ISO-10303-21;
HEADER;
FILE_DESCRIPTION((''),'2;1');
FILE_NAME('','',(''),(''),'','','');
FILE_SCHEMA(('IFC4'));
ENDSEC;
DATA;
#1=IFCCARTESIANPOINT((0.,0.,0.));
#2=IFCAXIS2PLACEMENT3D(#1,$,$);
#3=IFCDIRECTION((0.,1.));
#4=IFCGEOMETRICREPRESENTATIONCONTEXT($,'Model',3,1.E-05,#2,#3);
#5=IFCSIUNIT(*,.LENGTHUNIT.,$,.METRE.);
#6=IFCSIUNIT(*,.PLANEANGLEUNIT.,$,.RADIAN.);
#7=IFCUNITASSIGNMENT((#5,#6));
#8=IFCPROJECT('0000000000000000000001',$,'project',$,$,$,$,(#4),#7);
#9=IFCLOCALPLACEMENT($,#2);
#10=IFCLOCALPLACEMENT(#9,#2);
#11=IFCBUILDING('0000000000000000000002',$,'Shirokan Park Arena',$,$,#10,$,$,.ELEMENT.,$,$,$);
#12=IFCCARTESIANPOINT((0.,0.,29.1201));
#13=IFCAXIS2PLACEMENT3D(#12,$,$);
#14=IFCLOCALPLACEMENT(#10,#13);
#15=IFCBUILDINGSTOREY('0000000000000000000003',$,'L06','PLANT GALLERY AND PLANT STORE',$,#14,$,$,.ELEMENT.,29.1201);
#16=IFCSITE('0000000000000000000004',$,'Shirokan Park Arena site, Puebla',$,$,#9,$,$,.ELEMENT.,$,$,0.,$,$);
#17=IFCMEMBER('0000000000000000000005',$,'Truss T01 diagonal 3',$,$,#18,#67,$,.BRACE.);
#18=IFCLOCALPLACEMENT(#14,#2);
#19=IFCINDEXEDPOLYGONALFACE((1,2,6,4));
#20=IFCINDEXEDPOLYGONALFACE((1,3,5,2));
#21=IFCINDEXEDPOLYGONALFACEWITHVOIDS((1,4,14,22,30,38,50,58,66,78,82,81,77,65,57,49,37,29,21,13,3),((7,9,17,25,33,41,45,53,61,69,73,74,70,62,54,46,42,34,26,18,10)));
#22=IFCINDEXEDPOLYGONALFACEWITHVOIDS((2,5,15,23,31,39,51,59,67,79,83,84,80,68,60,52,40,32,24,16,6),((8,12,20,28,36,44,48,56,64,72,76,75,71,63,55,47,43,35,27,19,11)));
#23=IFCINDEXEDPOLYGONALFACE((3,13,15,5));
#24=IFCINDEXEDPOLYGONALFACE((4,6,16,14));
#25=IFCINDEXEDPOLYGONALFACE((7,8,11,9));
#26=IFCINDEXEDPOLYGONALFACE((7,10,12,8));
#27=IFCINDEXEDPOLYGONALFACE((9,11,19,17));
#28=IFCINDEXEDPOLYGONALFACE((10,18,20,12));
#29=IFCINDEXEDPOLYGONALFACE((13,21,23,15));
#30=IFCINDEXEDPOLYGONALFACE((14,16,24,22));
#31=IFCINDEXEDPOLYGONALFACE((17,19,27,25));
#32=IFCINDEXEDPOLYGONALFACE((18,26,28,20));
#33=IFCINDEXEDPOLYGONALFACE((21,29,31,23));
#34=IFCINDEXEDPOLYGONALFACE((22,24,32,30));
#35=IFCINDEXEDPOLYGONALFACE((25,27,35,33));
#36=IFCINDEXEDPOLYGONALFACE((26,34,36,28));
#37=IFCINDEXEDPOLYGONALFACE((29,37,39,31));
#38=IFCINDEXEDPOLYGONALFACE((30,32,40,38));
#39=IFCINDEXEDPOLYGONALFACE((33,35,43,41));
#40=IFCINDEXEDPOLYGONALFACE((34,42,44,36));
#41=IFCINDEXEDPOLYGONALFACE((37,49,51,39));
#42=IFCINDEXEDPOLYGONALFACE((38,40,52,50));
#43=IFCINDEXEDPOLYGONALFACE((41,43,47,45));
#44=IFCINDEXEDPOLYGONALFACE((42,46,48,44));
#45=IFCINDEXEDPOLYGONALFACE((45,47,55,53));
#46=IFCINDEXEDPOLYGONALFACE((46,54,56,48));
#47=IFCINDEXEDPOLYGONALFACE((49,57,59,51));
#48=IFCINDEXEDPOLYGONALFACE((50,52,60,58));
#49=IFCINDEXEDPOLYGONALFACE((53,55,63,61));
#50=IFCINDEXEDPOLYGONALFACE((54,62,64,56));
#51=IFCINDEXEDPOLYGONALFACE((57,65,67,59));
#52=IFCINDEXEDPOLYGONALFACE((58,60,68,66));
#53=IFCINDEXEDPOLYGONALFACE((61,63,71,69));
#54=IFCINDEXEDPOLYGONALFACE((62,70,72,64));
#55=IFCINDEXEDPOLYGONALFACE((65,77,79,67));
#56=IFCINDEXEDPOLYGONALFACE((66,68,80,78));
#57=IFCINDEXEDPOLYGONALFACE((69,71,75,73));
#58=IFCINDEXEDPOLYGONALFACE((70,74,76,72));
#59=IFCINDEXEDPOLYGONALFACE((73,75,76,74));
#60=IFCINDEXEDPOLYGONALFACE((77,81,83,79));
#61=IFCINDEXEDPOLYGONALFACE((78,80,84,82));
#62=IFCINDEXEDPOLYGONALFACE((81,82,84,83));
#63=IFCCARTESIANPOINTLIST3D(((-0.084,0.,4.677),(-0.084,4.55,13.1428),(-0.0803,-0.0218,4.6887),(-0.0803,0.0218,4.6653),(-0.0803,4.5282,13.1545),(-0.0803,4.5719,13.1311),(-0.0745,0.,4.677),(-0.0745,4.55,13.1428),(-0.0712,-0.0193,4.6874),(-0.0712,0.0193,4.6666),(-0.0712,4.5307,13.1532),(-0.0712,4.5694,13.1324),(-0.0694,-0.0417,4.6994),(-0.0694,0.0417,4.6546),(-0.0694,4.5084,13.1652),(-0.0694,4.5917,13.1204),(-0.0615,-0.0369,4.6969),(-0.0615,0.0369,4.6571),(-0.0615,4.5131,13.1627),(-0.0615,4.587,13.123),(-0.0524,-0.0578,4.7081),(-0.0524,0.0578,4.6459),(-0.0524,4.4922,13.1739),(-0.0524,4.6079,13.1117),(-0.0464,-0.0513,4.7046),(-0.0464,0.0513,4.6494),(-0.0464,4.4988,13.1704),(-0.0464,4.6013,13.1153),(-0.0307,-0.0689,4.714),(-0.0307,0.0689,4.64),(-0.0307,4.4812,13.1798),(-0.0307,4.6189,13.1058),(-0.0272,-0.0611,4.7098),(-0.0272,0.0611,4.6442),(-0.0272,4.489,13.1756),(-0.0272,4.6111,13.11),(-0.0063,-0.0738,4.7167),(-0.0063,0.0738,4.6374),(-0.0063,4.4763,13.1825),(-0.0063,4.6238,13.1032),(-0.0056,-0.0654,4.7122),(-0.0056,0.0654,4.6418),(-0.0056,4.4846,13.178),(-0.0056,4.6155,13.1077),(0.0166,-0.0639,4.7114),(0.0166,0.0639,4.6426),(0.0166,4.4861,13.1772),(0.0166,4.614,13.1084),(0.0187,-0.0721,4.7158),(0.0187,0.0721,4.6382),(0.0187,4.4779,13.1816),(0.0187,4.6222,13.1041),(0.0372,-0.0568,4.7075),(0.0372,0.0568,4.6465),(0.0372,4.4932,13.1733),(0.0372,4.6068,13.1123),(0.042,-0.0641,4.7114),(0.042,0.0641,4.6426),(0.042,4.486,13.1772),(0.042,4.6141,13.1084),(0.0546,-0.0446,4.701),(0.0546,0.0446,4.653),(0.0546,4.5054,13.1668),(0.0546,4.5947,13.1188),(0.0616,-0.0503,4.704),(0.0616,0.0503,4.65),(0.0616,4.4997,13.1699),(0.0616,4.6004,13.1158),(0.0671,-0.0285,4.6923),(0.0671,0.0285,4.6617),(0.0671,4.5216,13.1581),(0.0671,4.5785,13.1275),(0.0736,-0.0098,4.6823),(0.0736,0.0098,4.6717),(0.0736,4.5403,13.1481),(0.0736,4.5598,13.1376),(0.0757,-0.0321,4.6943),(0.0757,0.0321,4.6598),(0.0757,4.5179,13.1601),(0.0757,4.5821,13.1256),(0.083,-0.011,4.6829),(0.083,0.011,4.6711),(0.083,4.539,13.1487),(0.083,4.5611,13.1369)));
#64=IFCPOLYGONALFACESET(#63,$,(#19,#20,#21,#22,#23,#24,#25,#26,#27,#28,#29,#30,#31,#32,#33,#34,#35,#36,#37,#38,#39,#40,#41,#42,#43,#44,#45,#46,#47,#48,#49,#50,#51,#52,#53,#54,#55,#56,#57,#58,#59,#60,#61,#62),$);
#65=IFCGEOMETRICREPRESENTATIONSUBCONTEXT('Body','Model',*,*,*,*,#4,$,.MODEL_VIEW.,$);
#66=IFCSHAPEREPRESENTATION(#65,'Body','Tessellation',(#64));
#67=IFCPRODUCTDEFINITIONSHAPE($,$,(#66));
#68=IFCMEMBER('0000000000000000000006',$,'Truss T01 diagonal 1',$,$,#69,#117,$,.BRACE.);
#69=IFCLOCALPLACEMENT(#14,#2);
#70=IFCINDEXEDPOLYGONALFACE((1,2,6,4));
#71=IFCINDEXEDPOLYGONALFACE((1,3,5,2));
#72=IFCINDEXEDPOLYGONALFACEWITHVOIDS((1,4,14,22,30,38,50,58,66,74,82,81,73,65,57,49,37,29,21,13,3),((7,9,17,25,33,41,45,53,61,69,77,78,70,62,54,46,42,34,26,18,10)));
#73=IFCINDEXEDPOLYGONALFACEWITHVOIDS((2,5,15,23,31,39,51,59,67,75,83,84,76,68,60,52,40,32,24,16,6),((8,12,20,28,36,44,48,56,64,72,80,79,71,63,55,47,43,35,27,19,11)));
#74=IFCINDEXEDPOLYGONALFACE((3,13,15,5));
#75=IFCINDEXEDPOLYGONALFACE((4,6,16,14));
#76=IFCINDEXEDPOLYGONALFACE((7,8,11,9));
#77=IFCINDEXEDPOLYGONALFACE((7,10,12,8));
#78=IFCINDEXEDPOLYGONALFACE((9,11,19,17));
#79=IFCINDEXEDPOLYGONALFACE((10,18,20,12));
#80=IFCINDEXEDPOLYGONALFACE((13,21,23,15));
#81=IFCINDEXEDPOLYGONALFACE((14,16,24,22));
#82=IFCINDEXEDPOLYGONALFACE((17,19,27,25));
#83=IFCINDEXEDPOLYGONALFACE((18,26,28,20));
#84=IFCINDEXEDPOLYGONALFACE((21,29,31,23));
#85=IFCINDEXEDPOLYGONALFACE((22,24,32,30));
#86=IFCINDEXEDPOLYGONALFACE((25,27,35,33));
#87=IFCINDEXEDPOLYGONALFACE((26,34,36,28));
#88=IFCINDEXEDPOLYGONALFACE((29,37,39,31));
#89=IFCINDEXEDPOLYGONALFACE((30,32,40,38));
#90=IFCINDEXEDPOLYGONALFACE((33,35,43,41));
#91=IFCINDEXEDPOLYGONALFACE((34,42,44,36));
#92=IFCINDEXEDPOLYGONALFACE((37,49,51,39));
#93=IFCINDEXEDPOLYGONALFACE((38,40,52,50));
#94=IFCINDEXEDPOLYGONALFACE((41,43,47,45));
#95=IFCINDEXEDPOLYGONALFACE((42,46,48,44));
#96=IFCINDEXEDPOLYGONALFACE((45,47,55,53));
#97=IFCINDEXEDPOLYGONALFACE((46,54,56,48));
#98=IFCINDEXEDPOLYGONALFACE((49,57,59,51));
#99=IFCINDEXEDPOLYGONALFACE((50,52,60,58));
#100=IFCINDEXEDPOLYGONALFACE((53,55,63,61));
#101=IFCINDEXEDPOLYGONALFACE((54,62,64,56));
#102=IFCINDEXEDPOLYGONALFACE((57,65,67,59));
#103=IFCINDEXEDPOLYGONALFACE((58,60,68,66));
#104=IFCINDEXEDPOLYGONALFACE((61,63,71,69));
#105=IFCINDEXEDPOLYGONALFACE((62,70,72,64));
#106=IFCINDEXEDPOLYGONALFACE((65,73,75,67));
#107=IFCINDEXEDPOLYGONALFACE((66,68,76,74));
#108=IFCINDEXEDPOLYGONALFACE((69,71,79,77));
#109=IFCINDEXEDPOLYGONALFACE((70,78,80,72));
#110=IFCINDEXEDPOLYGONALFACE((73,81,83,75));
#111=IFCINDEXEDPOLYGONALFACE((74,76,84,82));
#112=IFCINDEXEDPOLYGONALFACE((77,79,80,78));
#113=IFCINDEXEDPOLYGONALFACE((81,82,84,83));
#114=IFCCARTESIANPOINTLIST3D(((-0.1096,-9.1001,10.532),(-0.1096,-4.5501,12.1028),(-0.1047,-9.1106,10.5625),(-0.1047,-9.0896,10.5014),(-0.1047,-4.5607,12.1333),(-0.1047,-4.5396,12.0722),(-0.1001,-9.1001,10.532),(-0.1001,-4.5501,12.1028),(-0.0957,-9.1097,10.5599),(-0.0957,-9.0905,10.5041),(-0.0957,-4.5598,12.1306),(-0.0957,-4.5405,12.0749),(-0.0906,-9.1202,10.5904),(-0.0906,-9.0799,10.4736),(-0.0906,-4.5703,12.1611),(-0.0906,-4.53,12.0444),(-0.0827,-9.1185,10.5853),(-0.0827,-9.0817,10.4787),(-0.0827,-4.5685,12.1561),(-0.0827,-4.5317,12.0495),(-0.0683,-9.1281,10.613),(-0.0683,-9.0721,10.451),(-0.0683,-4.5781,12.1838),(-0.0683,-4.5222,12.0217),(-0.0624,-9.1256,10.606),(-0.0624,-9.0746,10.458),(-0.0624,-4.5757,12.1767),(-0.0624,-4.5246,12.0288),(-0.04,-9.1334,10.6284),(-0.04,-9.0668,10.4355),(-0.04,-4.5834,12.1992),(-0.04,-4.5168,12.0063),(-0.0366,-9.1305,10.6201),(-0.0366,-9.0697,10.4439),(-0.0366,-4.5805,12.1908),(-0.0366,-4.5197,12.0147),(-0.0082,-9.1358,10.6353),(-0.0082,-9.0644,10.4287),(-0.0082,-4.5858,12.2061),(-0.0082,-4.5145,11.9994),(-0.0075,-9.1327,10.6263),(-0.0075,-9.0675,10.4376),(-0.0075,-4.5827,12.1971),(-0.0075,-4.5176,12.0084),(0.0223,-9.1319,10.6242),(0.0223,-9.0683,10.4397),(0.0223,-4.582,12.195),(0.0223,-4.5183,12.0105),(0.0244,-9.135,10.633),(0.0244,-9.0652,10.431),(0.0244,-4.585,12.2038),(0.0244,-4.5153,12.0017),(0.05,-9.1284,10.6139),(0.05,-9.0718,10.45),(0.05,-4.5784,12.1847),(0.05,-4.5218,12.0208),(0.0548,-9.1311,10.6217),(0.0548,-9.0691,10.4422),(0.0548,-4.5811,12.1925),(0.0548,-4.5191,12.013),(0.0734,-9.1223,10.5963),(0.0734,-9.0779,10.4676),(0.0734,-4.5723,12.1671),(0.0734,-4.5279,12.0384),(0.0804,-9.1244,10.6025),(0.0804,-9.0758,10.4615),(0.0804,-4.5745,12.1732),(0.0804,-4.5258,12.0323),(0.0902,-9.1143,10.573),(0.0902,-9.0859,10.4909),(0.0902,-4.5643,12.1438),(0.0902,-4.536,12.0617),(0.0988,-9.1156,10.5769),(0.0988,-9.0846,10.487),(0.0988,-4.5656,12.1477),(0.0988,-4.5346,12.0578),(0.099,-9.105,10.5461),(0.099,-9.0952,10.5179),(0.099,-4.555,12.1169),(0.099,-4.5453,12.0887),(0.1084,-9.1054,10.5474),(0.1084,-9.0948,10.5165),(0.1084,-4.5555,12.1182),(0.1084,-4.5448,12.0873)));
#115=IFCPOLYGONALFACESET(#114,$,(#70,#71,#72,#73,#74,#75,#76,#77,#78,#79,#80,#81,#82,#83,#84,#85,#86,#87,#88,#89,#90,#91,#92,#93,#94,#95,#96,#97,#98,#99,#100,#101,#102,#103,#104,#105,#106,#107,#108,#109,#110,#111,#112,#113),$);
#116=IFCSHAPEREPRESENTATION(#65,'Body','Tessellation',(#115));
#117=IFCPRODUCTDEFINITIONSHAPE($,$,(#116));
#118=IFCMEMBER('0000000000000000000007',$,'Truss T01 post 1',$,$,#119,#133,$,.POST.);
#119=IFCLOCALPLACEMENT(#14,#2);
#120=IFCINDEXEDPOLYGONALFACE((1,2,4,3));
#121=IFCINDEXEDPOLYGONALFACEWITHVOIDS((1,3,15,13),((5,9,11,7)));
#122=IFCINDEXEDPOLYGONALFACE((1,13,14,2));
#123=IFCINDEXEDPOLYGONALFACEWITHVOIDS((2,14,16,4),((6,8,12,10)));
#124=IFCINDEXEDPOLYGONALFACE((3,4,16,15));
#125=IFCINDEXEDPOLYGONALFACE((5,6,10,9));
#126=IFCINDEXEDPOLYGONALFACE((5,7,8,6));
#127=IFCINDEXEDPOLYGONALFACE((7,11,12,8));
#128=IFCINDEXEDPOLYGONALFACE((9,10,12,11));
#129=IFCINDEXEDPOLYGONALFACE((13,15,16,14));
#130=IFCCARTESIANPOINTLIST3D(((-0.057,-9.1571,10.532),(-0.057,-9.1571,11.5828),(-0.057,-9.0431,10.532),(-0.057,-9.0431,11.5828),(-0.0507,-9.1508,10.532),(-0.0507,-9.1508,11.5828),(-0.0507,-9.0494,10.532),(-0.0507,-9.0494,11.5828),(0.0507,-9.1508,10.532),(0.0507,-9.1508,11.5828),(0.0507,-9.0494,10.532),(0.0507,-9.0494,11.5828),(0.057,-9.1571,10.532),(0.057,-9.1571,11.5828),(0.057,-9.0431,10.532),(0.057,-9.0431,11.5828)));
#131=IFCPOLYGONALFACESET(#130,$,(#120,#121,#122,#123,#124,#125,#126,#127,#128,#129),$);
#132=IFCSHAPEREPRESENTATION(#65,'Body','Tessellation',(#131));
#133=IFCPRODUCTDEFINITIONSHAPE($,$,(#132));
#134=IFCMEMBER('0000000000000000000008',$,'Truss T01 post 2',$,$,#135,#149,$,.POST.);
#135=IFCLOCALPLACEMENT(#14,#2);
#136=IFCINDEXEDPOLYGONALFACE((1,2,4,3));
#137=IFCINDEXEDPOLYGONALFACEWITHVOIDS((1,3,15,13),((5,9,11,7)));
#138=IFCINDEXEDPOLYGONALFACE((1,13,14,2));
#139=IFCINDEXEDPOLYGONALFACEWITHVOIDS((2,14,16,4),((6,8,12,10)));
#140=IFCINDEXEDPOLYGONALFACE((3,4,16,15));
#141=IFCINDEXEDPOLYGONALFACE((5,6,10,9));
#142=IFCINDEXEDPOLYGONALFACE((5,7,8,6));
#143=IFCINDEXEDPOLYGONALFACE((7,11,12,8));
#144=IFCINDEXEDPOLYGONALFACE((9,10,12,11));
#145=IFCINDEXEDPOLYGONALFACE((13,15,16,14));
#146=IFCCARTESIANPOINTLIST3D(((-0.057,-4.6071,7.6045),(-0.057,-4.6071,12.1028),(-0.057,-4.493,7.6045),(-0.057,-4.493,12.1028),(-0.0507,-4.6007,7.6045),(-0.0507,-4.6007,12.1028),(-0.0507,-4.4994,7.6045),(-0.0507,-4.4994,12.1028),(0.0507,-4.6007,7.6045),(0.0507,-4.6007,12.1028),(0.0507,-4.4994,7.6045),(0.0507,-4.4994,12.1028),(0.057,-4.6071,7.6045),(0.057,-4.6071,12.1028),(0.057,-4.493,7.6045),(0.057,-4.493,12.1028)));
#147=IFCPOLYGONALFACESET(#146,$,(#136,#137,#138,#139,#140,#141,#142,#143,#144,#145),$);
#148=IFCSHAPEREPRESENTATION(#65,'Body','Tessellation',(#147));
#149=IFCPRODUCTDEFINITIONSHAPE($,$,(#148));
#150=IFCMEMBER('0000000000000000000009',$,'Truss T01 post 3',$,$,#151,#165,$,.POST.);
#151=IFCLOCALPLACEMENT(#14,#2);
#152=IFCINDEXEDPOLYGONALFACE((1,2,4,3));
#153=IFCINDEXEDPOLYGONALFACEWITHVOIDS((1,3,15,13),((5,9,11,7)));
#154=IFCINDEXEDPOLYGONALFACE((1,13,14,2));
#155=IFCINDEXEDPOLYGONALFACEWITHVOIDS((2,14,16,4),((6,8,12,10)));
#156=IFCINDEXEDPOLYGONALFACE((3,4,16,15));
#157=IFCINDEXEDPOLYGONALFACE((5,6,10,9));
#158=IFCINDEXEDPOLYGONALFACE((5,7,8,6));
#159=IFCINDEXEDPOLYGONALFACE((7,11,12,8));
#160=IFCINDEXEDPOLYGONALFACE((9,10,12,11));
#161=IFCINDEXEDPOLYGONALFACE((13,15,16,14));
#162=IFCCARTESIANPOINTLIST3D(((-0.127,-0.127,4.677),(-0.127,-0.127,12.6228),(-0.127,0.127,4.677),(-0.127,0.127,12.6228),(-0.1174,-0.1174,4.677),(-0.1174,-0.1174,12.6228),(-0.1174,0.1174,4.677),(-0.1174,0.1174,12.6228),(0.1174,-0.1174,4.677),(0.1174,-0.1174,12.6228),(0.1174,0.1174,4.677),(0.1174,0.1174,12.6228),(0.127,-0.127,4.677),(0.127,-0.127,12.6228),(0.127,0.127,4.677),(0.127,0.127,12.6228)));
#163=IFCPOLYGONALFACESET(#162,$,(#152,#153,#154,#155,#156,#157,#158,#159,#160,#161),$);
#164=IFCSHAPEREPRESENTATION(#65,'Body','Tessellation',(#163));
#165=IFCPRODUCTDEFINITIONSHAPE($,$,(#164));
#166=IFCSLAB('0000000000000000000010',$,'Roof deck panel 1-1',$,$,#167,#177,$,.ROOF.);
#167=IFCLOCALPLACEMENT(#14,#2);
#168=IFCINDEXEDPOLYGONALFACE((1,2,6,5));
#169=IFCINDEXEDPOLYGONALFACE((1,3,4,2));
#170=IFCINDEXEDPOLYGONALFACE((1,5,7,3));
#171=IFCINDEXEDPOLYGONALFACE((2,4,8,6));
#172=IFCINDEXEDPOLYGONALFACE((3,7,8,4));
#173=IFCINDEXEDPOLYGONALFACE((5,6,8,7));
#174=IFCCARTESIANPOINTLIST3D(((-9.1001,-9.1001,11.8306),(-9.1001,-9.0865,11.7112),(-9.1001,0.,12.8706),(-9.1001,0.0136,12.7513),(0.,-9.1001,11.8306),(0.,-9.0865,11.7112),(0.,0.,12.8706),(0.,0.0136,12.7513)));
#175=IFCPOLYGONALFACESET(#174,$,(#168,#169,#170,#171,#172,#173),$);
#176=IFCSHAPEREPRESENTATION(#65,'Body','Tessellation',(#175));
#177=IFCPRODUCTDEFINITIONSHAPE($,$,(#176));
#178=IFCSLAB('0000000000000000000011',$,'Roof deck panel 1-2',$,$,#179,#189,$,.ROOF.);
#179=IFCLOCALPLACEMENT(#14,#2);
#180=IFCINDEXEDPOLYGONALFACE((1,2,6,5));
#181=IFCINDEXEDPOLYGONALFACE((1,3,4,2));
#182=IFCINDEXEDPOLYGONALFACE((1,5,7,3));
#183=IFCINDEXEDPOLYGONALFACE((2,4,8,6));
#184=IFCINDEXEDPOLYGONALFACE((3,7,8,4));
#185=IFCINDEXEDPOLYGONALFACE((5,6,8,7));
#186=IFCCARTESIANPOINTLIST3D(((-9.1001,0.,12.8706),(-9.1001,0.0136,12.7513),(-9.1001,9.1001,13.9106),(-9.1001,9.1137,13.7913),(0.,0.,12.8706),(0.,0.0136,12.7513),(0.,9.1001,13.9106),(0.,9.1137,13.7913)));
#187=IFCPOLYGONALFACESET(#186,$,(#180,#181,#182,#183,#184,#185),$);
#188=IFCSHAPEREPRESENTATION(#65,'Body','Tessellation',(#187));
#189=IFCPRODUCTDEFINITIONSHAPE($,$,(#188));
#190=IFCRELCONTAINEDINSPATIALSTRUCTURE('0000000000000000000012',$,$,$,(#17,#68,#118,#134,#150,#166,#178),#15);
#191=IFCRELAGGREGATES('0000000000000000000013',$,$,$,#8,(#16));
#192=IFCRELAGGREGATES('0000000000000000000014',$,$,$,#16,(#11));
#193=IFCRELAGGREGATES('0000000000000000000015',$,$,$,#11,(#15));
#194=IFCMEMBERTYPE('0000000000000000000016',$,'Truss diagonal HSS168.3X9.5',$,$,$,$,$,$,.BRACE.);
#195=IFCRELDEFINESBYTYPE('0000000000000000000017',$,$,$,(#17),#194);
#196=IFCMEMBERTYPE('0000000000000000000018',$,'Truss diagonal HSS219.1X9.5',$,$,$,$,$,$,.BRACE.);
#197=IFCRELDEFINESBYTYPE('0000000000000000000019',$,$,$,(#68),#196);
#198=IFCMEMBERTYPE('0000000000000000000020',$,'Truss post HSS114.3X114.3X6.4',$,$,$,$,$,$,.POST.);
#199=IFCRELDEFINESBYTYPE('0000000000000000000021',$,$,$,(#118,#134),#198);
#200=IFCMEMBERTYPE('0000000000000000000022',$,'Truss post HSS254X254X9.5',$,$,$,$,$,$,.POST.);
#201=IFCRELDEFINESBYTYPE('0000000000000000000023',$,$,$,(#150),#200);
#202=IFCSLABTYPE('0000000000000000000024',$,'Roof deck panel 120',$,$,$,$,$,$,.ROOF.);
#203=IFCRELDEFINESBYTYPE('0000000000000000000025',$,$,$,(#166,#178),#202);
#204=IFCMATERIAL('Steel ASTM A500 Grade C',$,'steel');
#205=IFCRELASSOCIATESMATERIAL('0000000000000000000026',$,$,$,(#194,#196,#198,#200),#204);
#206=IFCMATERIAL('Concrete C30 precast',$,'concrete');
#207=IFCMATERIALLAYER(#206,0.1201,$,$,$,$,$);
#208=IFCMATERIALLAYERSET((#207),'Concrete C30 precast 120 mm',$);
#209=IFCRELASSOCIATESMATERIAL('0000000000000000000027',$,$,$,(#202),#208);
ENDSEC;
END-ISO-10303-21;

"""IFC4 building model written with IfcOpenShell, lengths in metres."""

from ifc_helpers import new_model, si_unit, direction, frame, origin, origin_2d, place, context, subcontext, project, spatial, polyline, hollow_rectangle, hollow_circle, outline, extrude, material, layer, layer_set, material_profile, profile_set, type_object, element, save


model = new_model("IFC4")

# Units and contexts
model_context = context("Model", 3, precision=1e-05, world=origin(), true_north=direction((0.0, 1.0)))
body_context = subcontext(model_context, "Body", "Model", "MODEL_VIEW")
ifc_project = project(units=[si_unit("LENGTHUNIT", "METRE"), si_unit("PLANEANGLEUNIT", "RADIAN")], contexts=[model_context])

# Site, building, storey
site_placement = place(None, origin())
site = spatial("IfcSite", under=ifc_project, at=site_placement, Name="Shirokan Park Arena site, Puebla", CompositionType="ELEMENT", RefElevation=0.0)
building_placement = place(site_placement, origin())
building = spatial("IfcBuilding", under=site, at=building_placement, Name="Shirokan Park Arena", CompositionType="ELEMENT")
storey_placement = place(building_placement, frame((0.0, 0.0, 29.1201)))
storey = spatial("IfcBuildingStorey", under=building, at=storey_placement, Name="L06", Description="PLANT GALLERY AND PLANT STORE", CompositionType="ELEMENT", Elevation=29.1201)

# Members
ifc_material_1 = material(Name="Steel ASTM A500 Grade C", Category="steel")
ifc_material_profile_1 = material_profile(ifc_material_1, hollow_circle(Radius=0.084, WallThickness=0.0095, at=origin_2d()), Name="HSS168.3X9.5")
ifc_profile_set_1 = profile_set([ifc_material_profile_1], Name="Steel ASTM A500 Grade C")
member_type_1 = type_object("IfcMemberType", Name="Truss diagonal HSS168.3X9.5", PredefinedType="BRACE", material=ifc_profile_set_1)
member_1_placement = place(storey_placement, frame((0.0, 0.0, 4.677), z_axis=(0.0, 0.473417, 0.880839), x_axis=(-1.0, 0.0, 0.0)))
element("IfcMember", 1, at=member_1_placement, inside=storey, type_object=member_type_1, Name="Truss T01 diagonal 3", PredefinedType="BRACE", context=body_context, shape_type="SweptSolid", body=[
    extrude(hollow_circle(Radius=0.084, WallThickness=0.0095, at=origin_2d()), origin(), (0.0, 0.0, 1.0), 9.6111),
])
ifc_material_profile_2 = material_profile(ifc_material_1, hollow_circle(Radius=0.1096, WallThickness=0.0095, at=origin_2d()), Name="HSS219.1X9.5")
ifc_profile_set_2 = profile_set([ifc_material_profile_2], Name="Steel ASTM A500 Grade C")
member_type_2 = type_object("IfcMemberType", Name="Truss diagonal HSS219.1X9.5", PredefinedType="BRACE", material=ifc_profile_set_2)
member_2_placement = place(storey_placement, frame((0.0, -9.1001, 10.532), z_axis=(0.0, 0.945256, 0.326328), x_axis=(-1.0, 0.0, 0.0)))
element("IfcMember", 2, at=member_2_placement, inside=storey, type_object=member_type_2, Name="Truss T01 diagonal 1", PredefinedType="BRACE", context=body_context, shape_type="SweptSolid", body=[
    extrude(hollow_circle(Radius=0.1096, WallThickness=0.0095, at=origin_2d()), origin(), (0.0, 0.0, 1.0), 4.8135),
])
ifc_material_profile_3 = material_profile(ifc_material_1, hollow_rectangle(XDim=0.114, YDim=0.114, WallThickness=0.0063, at=origin_2d()), Name="HSS114.3X114.3X6.4")
ifc_profile_set_3 = profile_set([ifc_material_profile_3], Name="Steel ASTM A500 Grade C")
member_type_3 = type_object("IfcMemberType", Name="Truss post HSS114.3X114.3X6.4", PredefinedType="POST", material=ifc_profile_set_3)
member_3_placement = place(storey_placement, frame((0.0, -9.1001, 10.532), z_axis=(0.0, 0.0, 1.0), x_axis=(1.0, 0.0, 0.0)))
element("IfcMember", 3, at=member_3_placement, inside=storey, type_object=member_type_3, Name="Truss T01 post 1", PredefinedType="POST", context=body_context, shape_type="SweptSolid", body=[
    extrude(hollow_rectangle(XDim=0.114, YDim=0.114, WallThickness=0.0063, at=origin_2d()), origin(), (0.0, 0.0, 1.0), 1.0508),
])
member_4_placement = place(storey_placement, frame((0.0, -4.55, 7.6045), z_axis=(0.0, 0.0, 1.0), x_axis=(1.0, 0.0, 0.0)))
element("IfcMember", 4, at=member_4_placement, inside=storey, type_object=member_type_3, Name="Truss T01 post 2", PredefinedType="POST", context=body_context, shape_type="SweptSolid", body=[
    extrude(hollow_rectangle(XDim=0.114, YDim=0.114, WallThickness=0.0063, at=origin_2d()), origin(), (0.0, 0.0, 1.0), 4.4983),
])
ifc_material_profile_4 = material_profile(ifc_material_1, hollow_rectangle(XDim=0.2539, YDim=0.2539, WallThickness=0.0095, at=origin_2d()), Name="HSS254X254X9.5")
ifc_profile_set_4 = profile_set([ifc_material_profile_4], Name="Steel ASTM A500 Grade C")
member_type_4 = type_object("IfcMemberType", Name="Truss post HSS254X254X9.5", PredefinedType="POST", material=ifc_profile_set_4)
member_5_placement = place(storey_placement, frame((0.0, 0.0, 4.677), z_axis=(0.0, 0.0, 1.0), x_axis=(1.0, 0.0, 0.0)))
element("IfcMember", 5, at=member_5_placement, inside=storey, type_object=member_type_4, Name="Truss T01 post 3", PredefinedType="POST", context=body_context, shape_type="SweptSolid", body=[
    extrude(hollow_rectangle(XDim=0.2539, YDim=0.2539, WallThickness=0.0095, at=origin_2d()), origin(), (0.0, 0.0, 1.0), 7.9458),
])

# Slabs
ifc_material_2 = material(Name="Concrete C30 precast", Category="concrete")
ifc_layer_1 = layer(ifc_material_2, 0.1201)
ifc_layer_set_1 = layer_set([ifc_layer_1], Name="Concrete C30 precast 120 mm")
slab_type = type_object("IfcSlabType", Name="Roof deck panel 120", PredefinedType="ROOF", material=ifc_layer_set_1)
for number, where, z_axis, x_axis, name in (
    (6, (-9.1001, -9.1001, 11.8306), (0.0, -0.11355, 0.993532), (1.0, 0.0, 0.0), "Roof deck panel 1-1"),
    (7, (-9.1001, 0.0, 12.8706), (0.0, -0.11355, 0.993532), (1.0, 0.0, 0.0), "Roof deck panel 1-2"),
):
    element("IfcSlab", number, at=place(storey_placement, frame(where, z_axis=z_axis, x_axis=x_axis)), inside=storey, type_object=slab_type, Name=name, PredefinedType="ROOF", context=body_context, shape_type="SweptSolid", body=[
        extrude(outline(polyline([(0.0, 0.0), (9.1001, 0.0), (9.1001, 9.1593), (0.0, 9.1593), (0.0, 0.0)])), origin(), (0.0, 0.0, -1.0), 0.1201),
    ])

save(model, "model.ifc")
